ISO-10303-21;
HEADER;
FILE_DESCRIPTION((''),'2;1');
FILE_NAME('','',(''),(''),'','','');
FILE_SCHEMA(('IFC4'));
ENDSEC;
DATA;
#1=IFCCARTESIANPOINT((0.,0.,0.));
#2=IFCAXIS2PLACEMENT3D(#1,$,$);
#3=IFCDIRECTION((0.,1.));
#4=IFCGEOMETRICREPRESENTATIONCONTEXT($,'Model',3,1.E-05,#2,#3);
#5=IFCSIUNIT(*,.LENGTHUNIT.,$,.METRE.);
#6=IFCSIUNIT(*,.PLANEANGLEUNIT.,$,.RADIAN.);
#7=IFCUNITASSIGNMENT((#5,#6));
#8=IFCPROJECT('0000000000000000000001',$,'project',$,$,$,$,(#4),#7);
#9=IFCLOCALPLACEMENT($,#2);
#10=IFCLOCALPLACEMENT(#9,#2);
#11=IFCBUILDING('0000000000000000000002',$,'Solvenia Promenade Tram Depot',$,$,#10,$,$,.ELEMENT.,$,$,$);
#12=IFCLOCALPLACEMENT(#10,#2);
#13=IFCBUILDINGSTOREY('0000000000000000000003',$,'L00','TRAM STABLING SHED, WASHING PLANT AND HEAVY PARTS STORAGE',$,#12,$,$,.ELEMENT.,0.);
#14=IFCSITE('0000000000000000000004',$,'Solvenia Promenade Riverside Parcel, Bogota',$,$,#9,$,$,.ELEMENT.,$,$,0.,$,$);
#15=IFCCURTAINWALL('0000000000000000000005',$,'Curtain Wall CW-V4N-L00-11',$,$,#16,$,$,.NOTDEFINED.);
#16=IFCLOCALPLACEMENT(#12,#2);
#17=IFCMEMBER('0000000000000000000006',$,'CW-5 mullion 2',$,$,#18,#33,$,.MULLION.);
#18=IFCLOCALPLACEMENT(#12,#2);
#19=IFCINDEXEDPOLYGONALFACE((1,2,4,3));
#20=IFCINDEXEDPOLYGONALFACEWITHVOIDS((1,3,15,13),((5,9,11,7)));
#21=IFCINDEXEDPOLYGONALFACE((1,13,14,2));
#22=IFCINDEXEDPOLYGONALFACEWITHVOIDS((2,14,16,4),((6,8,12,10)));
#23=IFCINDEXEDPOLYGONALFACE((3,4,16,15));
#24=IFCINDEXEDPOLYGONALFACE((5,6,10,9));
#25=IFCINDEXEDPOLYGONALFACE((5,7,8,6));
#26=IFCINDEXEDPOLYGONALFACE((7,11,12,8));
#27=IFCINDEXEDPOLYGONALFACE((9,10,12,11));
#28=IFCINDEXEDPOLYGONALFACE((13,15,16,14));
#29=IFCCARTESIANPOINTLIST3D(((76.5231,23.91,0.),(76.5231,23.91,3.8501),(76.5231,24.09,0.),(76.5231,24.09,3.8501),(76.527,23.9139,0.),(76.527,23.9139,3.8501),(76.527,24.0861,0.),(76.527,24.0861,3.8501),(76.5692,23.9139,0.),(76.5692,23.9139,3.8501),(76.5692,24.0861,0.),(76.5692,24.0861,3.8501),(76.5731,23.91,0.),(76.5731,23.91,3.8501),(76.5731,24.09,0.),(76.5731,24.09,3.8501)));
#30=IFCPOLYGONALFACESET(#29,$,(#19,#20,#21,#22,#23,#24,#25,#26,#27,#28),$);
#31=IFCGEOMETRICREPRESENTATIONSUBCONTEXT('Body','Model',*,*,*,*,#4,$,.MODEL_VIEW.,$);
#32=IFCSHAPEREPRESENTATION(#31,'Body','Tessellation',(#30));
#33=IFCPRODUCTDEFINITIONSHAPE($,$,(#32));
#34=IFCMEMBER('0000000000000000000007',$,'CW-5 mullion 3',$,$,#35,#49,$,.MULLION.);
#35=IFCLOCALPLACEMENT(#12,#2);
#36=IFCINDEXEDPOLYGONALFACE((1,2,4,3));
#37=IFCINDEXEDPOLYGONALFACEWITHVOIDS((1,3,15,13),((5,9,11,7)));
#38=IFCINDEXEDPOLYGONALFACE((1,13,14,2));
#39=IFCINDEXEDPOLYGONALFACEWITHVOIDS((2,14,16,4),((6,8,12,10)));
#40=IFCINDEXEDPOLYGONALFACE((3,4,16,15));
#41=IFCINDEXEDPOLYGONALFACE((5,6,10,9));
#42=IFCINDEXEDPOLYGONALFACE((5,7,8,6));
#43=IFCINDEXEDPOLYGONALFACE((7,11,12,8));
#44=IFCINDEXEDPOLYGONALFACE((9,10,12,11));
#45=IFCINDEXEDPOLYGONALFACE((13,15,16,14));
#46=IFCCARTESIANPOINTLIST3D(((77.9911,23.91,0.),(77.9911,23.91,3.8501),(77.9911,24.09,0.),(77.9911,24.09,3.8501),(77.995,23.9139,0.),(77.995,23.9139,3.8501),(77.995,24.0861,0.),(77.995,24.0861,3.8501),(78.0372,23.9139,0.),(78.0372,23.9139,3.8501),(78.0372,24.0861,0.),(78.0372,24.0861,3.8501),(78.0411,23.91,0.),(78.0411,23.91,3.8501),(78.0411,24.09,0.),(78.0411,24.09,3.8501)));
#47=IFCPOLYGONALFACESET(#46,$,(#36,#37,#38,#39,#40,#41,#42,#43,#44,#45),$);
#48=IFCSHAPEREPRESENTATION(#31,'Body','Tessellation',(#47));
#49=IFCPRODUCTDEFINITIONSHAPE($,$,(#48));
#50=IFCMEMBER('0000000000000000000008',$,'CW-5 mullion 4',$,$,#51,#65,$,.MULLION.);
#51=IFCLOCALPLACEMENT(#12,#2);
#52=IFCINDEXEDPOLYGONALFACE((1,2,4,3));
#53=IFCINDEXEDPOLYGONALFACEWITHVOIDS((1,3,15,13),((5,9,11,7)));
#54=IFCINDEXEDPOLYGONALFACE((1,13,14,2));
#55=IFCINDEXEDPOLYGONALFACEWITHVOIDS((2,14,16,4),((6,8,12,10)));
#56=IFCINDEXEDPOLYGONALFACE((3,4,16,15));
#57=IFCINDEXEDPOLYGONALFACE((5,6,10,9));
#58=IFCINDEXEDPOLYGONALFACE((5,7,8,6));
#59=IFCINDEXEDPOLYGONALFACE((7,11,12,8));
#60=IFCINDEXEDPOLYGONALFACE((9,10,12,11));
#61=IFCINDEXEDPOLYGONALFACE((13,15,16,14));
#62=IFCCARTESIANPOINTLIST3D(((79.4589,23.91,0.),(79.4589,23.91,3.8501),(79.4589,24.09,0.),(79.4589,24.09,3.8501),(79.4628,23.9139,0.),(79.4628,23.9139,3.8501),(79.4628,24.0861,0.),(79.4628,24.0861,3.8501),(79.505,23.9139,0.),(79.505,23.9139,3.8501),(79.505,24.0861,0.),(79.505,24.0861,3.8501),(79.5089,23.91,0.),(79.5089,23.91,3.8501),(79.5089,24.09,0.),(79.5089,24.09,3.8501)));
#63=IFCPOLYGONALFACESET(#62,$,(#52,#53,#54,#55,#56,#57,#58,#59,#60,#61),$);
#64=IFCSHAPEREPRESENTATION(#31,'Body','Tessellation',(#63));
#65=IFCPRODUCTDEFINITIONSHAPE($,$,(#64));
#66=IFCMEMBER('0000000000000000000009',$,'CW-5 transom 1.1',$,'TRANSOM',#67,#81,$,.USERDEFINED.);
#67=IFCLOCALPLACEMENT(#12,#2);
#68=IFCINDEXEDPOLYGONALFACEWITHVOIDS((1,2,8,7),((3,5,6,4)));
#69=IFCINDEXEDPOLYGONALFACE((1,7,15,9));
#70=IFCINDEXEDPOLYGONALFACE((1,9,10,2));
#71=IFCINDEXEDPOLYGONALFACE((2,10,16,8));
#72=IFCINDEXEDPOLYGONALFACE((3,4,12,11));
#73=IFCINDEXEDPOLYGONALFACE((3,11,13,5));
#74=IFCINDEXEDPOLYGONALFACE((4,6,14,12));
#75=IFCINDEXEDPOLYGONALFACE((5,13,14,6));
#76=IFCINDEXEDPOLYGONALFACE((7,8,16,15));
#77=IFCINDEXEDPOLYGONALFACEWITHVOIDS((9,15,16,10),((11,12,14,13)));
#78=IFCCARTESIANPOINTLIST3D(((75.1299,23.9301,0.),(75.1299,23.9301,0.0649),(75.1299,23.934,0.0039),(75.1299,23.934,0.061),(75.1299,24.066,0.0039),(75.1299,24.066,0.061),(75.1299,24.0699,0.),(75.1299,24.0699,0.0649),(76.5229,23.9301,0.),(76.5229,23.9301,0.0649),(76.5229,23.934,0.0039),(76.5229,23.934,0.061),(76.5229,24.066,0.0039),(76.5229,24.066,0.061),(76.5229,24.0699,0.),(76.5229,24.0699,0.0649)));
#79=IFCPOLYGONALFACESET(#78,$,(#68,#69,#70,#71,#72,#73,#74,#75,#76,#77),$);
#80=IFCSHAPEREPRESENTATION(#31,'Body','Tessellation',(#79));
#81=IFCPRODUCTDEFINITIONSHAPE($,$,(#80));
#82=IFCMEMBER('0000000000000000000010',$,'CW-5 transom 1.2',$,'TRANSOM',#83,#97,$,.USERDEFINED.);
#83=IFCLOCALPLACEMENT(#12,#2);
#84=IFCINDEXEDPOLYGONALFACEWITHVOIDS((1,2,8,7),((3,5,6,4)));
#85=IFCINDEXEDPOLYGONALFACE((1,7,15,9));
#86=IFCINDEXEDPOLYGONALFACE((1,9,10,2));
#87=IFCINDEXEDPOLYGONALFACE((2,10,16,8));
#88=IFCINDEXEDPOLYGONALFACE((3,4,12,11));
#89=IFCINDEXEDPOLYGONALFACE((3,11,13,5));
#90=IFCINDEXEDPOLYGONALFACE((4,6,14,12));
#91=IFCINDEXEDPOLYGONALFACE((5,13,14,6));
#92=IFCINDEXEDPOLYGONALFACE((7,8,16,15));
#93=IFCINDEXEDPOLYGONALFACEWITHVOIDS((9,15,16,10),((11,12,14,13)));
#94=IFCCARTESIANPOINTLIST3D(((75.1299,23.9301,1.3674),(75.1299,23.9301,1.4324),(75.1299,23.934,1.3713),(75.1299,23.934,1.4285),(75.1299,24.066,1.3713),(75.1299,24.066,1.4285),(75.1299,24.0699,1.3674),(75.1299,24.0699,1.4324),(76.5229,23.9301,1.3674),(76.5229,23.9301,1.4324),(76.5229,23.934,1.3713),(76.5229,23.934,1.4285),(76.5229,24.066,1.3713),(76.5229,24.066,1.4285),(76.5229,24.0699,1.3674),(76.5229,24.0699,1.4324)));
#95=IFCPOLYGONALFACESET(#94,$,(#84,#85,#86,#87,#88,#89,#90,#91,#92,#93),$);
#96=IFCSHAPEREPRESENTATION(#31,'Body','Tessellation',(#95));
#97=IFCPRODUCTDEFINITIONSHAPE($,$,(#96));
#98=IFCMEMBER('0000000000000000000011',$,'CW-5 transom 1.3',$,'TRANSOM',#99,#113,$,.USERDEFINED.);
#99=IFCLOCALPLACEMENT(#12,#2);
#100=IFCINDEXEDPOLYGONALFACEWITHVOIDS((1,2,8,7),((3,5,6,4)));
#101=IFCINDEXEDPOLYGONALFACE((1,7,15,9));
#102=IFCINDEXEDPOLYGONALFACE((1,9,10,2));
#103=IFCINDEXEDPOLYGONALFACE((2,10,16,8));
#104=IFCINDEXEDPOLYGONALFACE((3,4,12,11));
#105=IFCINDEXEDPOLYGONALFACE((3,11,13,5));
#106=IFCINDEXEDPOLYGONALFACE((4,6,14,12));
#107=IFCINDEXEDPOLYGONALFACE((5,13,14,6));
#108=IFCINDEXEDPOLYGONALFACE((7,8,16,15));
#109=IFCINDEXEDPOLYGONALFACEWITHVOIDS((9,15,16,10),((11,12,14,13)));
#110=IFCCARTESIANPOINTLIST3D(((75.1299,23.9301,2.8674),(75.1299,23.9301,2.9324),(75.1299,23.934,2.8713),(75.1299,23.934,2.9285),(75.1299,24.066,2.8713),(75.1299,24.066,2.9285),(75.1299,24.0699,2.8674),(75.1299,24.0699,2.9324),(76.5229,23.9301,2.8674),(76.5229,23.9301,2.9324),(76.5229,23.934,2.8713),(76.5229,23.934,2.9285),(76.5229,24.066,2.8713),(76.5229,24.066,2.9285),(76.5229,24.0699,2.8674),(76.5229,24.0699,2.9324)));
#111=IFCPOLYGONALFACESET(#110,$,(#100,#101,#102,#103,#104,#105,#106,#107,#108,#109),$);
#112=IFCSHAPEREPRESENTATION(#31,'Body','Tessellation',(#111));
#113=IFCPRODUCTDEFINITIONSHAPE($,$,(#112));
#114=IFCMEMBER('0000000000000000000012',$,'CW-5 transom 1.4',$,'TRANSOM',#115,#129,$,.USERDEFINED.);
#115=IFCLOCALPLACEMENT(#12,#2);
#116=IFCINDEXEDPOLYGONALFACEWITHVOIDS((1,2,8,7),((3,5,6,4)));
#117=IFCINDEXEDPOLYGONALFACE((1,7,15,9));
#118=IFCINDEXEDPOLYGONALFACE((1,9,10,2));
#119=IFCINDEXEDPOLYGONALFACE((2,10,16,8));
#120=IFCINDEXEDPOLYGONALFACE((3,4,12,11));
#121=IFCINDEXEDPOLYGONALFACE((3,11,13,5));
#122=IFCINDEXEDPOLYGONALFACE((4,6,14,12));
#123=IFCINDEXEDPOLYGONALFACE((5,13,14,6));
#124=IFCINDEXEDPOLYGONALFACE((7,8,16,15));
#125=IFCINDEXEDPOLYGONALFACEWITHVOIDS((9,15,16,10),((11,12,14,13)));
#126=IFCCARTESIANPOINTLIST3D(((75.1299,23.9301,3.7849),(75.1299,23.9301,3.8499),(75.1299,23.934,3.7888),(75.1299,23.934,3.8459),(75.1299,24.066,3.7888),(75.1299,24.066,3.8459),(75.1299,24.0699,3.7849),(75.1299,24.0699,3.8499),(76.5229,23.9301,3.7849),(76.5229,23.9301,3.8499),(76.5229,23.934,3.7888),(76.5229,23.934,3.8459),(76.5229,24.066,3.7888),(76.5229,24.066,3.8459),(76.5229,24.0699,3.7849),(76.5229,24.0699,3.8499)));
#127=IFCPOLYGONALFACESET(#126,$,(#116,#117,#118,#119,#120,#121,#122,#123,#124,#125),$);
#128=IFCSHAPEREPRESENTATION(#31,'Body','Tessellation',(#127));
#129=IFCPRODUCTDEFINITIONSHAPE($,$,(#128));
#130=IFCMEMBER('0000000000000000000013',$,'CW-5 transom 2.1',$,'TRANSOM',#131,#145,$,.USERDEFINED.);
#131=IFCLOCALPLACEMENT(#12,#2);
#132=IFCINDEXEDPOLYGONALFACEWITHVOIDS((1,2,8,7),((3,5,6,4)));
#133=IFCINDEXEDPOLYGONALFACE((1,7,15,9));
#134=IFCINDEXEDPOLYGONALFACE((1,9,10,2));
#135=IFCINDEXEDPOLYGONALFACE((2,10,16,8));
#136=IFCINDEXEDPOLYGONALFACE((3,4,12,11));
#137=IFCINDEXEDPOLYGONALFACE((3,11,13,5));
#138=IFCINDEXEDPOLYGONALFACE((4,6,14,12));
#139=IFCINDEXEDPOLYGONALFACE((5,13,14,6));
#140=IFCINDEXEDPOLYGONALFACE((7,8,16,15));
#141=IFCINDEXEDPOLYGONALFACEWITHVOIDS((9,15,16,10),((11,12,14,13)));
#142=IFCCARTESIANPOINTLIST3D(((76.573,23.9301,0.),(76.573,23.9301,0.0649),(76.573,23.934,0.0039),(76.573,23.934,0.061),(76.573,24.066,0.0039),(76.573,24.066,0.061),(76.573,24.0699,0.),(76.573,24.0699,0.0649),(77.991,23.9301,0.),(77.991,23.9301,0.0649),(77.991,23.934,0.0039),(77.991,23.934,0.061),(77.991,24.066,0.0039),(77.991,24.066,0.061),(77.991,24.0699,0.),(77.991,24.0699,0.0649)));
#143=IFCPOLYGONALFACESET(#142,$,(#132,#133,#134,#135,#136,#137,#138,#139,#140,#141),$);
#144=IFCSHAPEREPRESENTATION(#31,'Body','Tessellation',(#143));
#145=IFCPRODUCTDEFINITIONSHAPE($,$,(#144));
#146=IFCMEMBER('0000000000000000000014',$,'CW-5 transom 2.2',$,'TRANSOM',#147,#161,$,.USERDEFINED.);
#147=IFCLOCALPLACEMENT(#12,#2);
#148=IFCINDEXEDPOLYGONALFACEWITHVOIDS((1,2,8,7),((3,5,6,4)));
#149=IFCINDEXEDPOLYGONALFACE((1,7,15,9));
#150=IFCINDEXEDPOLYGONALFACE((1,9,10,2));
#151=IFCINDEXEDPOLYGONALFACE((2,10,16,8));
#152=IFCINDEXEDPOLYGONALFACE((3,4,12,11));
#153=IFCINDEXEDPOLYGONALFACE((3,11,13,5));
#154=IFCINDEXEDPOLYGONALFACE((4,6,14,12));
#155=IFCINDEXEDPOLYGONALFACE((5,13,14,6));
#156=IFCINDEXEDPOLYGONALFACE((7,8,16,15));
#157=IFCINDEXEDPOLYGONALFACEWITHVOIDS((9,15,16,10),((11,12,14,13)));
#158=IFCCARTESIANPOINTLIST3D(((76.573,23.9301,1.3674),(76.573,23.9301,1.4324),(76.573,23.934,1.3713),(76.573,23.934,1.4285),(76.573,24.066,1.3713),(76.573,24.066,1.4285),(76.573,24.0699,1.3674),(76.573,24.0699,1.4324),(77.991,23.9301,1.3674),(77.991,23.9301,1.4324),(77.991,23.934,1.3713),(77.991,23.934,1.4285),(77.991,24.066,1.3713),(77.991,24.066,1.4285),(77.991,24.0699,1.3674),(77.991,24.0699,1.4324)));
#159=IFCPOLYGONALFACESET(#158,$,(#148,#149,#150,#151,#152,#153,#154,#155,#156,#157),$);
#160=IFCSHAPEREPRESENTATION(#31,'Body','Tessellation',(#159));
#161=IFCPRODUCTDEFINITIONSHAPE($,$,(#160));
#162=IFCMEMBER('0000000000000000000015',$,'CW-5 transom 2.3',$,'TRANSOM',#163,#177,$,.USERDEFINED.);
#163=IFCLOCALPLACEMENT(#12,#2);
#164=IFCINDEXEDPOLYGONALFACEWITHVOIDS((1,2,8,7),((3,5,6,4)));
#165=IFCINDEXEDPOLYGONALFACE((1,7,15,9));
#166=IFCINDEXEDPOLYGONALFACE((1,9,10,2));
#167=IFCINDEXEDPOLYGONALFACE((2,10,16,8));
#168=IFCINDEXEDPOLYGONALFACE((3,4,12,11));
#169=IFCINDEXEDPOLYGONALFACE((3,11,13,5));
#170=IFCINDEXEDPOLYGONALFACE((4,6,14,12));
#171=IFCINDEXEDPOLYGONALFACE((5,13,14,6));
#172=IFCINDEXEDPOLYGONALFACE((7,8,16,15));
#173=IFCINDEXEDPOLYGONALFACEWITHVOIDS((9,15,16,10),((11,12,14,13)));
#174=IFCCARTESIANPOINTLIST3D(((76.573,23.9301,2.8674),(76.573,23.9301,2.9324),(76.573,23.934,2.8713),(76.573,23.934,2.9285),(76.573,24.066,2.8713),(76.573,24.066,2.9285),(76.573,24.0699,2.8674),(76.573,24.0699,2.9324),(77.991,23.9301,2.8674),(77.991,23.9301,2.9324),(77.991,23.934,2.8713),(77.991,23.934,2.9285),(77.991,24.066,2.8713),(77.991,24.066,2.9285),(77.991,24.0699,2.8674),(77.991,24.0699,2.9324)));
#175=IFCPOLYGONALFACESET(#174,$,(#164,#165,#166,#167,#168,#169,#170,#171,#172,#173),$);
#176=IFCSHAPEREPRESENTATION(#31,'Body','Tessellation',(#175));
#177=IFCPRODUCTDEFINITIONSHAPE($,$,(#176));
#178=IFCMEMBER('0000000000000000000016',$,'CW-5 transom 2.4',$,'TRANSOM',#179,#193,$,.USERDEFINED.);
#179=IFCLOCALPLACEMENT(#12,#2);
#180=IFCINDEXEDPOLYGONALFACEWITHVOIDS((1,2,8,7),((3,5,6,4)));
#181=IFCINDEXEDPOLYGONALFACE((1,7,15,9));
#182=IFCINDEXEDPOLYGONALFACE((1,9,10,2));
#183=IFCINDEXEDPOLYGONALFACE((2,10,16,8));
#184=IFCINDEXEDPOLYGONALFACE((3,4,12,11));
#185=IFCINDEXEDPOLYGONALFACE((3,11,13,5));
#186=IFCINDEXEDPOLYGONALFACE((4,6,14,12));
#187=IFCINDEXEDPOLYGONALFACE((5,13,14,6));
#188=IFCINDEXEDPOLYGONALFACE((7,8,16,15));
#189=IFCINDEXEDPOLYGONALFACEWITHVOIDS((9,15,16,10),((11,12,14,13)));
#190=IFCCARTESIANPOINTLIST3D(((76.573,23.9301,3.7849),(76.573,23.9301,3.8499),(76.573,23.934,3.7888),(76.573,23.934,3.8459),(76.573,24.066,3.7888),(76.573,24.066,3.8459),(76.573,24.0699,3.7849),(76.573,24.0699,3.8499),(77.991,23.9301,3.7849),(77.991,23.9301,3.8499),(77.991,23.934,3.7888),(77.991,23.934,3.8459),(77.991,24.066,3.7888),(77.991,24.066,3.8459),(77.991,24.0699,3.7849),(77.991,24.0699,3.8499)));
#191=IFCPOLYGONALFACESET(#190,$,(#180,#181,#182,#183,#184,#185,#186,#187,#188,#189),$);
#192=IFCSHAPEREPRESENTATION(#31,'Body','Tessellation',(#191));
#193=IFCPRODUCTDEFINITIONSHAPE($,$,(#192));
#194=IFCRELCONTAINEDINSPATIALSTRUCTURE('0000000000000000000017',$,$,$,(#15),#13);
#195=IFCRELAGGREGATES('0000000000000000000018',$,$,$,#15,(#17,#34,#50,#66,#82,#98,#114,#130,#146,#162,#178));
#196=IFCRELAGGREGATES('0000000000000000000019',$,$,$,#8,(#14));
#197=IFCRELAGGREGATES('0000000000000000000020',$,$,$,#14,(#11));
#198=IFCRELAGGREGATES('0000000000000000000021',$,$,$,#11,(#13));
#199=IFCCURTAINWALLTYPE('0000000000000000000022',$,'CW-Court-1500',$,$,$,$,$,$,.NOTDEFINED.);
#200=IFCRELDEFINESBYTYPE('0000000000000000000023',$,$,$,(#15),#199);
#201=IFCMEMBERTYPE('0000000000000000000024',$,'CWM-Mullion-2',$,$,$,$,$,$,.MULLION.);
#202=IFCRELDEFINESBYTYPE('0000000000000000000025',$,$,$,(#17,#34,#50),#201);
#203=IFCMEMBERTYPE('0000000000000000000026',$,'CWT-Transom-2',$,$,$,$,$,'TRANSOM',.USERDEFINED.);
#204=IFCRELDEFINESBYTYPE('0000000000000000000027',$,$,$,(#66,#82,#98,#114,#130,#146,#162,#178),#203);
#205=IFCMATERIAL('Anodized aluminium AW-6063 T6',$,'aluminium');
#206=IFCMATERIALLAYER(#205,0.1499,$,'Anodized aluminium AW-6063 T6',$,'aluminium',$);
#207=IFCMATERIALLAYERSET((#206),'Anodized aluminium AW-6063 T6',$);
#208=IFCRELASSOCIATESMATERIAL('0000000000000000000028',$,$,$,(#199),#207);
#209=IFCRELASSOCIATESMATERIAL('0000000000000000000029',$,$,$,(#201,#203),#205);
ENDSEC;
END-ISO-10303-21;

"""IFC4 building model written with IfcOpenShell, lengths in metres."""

from ifc_helpers import new_model, si_unit, direction, frame, origin, origin_2d, place, context, subcontext, project, spatial, hollow_rectangle, extrude, material, layer, layer_set, material_profile, profile_set, type_object, element, aggregate, save


model = new_model("IFC4")

# Units and contexts
model_context = context("Model", 3, precision=1e-05, world=origin(), true_north=direction((0.0, 1.0)))
body_context = subcontext(model_context, "Body", "Model", "MODEL_VIEW")
ifc_project = project(units=[si_unit("LENGTHUNIT", "METRE"), si_unit("PLANEANGLEUNIT", "RADIAN")], contexts=[model_context])

# Site, building, storey
site_placement = place(None, origin())
site = spatial("IfcSite", under=ifc_project, at=site_placement, Name="Solvenia Promenade Riverside Parcel, Bogota", CompositionType="ELEMENT", RefElevation=0.0)
building_placement = place(site_placement, origin())
building = spatial("IfcBuilding", under=site, at=building_placement, Name="Solvenia Promenade Tram Depot", CompositionType="ELEMENT")
storey_placement = place(building_placement, origin())
storey = spatial("IfcBuildingStorey", under=building, at=storey_placement, Name="L00", Description="TRAM STABLING SHED, WASHING PLANT AND HEAVY PARTS STORAGE", CompositionType="ELEMENT", Elevation=0.0)

# Curtain wall, members
ifc_material_1 = material(Name="Anodized aluminium AW-6063 T6", Category="aluminium")
ifc_layer_1 = layer(ifc_material_1, 0.1499, Name="Anodized aluminium AW-6063 T6", Category="aluminium")
ifc_layer_set_1 = layer_set([ifc_layer_1], Name="Anodized aluminium AW-6063 T6")
curtain_wall_type = type_object("IfcCurtainWallType", Name="CW-Court-1500", PredefinedType="NOTDEFINED", material=ifc_layer_set_1)
curtain_wall_placement = place(storey_placement, origin())
curtain_wall = element("IfcCurtainWall", 1, at=curtain_wall_placement, inside=storey, type_object=curtain_wall_type, Name="Curtain Wall CW-V4N-L00-11", PredefinedType="NOTDEFINED")
ifc_material_profile_1 = material_profile(ifc_material_1, hollow_rectangle(XDim=0.1799, YDim=0.05, WallThickness=0.0039, at=origin_2d()), Name="ALU-M2", Category="aluminium")
ifc_profile_set_1 = profile_set([ifc_material_profile_1], Name="Anodized aluminium AW-6063 T6")
member_type_1 = type_object("IfcMemberType", Name="CWM-Mullion-2", PredefinedType="MULLION", material=ifc_profile_set_1)
member_1_placement = place(storey_placement, frame((76.5481, 24.0, 0.0), z_axis=(0.0, 0.0, 1.0), x_axis=(0.0, 1.0, 0.0)))
member_1 = element("IfcMember", 2, at=member_1_placement, type_object=member_type_1, Name="CW-5 mullion 2", PredefinedType="MULLION", context=body_context, shape_type="SweptSolid", body=[
    extrude(hollow_rectangle(XDim=0.1799, YDim=0.05, WallThickness=0.0039, at=origin_2d()), origin(), (0.0, 0.0, 1.0), 3.8501),
])
member_2_placement = place(storey_placement, frame((78.0161, 24.0, 0.0), z_axis=(0.0, 0.0, 1.0), x_axis=(0.0, 1.0, 0.0)))
member_2 = element("IfcMember", 3, at=member_2_placement, type_object=member_type_1, Name="CW-5 mullion 3", PredefinedType="MULLION", context=body_context, shape_type="SweptSolid", body=[
    extrude(hollow_rectangle(XDim=0.1799, YDim=0.05, WallThickness=0.0039, at=origin_2d()), origin(), (0.0, 0.0, 1.0), 3.8501),
])
member_3_placement = place(storey_placement, frame((79.4839, 24.0, 0.0), z_axis=(0.0, 0.0, 1.0), x_axis=(0.0, 1.0, 0.0)))
member_3 = element("IfcMember", 4, at=member_3_placement, type_object=member_type_1, Name="CW-5 mullion 4", PredefinedType="MULLION", context=body_context, shape_type="SweptSolid", body=[
    extrude(hollow_rectangle(XDim=0.1799, YDim=0.05, WallThickness=0.0039, at=origin_2d()), origin(), (0.0, 0.0, 1.0), 3.8501),
])
ifc_material_profile_2 = material_profile(ifc_material_1, hollow_rectangle(XDim=0.1399, YDim=0.0649, WallThickness=0.0039, at=origin_2d()), Name="ALU-T2", Category="aluminium")
ifc_profile_set_2 = profile_set([ifc_material_profile_2], Name="Anodized aluminium AW-6063 T6")
member_type_2 = type_object("IfcMemberType", Name="CWT-Transom-2", ElementType="TRANSOM", PredefinedType="USERDEFINED", material=ifc_profile_set_2)
member_4_placement = place(storey_placement, frame((75.1299, 24.0, 0.0325), z_axis=(1.0, 0.0, 0.0), x_axis=(0.0, 1.0, 0.0)))
member_4 = element("IfcMember", 5, at=member_4_placement, type_object=member_type_2, Name="CW-5 transom 1.1", ObjectType="TRANSOM", PredefinedType="USERDEFINED", context=body_context, shape_type="SweptSolid", body=[
    extrude(hollow_rectangle(XDim=0.1399, YDim=0.0649, WallThickness=0.0039, at=origin_2d()), origin(), (0.0, 0.0, 1.0), 1.3931),
])
member_5_placement = place(storey_placement, frame((75.1299, 24.0, 1.3999), z_axis=(1.0, 0.0, 0.0), x_axis=(0.0, 1.0, 0.0)))
member_5 = element("IfcMember", 6, at=member_5_placement, type_object=member_type_2, Name="CW-5 transom 1.2", ObjectType="TRANSOM", PredefinedType="USERDEFINED", context=body_context, shape_type="SweptSolid", body=[
    extrude(hollow_rectangle(XDim=0.1399, YDim=0.0649, WallThickness=0.0039, at=origin_2d()), origin(), (0.0, 0.0, 1.0), 1.3931),
])
member_6_placement = place(storey_placement, frame((75.1299, 24.0, 2.8999), z_axis=(1.0, 0.0, 0.0), x_axis=(0.0, 1.0, 0.0)))
member_6 = element("IfcMember", 7, at=member_6_placement, type_object=member_type_2, Name="CW-5 transom 1.3", ObjectType="TRANSOM", PredefinedType="USERDEFINED", context=body_context, shape_type="SweptSolid", body=[
    extrude(hollow_rectangle(XDim=0.1399, YDim=0.0649, WallThickness=0.0039, at=origin_2d()), origin(), (0.0, 0.0, 1.0), 1.3931),
])
member_7_placement = place(storey_placement, frame((75.1299, 24.0, 3.8174), z_axis=(1.0, 0.0, 0.0), x_axis=(0.0, 1.0, 0.0)))
member_7 = element("IfcMember", 8, at=member_7_placement, type_object=member_type_2, Name="CW-5 transom 1.4", ObjectType="TRANSOM", PredefinedType="USERDEFINED", context=body_context, shape_type="SweptSolid", body=[
    extrude(hollow_rectangle(XDim=0.1399, YDim=0.0649, WallThickness=0.0039, at=origin_2d()), origin(), (0.0, 0.0, 1.0), 1.3931),
])
member_8_placement = place(storey_placement, frame((76.573, 24.0, 0.0325), z_axis=(1.0, 0.0, 0.0), x_axis=(0.0, 1.0, 0.0)))
member_8 = element("IfcMember", 9, at=member_8_placement, type_object=member_type_2, Name="CW-5 transom 2.1", ObjectType="TRANSOM", PredefinedType="USERDEFINED", context=body_context, shape_type="SweptSolid", body=[
    extrude(hollow_rectangle(XDim=0.1399, YDim=0.0649, WallThickness=0.0039, at=origin_2d()), origin(), (0.0, 0.0, 1.0), 1.418),
])
member_9_placement = place(storey_placement, frame((76.573, 24.0, 1.3999), z_axis=(1.0, 0.0, 0.0), x_axis=(0.0, 1.0, 0.0)))
member_9 = element("IfcMember", 10, at=member_9_placement, type_object=member_type_2, Name="CW-5 transom 2.2", ObjectType="TRANSOM", PredefinedType="USERDEFINED", context=body_context, shape_type="SweptSolid", body=[
    extrude(hollow_rectangle(XDim=0.1399, YDim=0.0649, WallThickness=0.0039, at=origin_2d()), origin(), (0.0, 0.0, 1.0), 1.418),
])
member_10_placement = place(storey_placement, frame((76.573, 24.0, 2.8999), z_axis=(1.0, 0.0, 0.0), x_axis=(0.0, 1.0, 0.0)))
member_10 = element("IfcMember", 11, at=member_10_placement, type_object=member_type_2, Name="CW-5 transom 2.3", ObjectType="TRANSOM", PredefinedType="USERDEFINED", context=body_context, shape_type="SweptSolid", body=[
    extrude(hollow_rectangle(XDim=0.1399, YDim=0.0649, WallThickness=0.0039, at=origin_2d()), origin(), (0.0, 0.0, 1.0), 1.418),
])
member_11_placement = place(storey_placement, frame((76.573, 24.0, 3.8174), z_axis=(1.0, 0.0, 0.0), x_axis=(0.0, 1.0, 0.0)))
member_11 = element("IfcMember", 12, at=member_11_placement, type_object=member_type_2, Name="CW-5 transom 2.4", ObjectType="TRANSOM", PredefinedType="USERDEFINED", context=body_context, shape_type="SweptSolid", body=[
    extrude(hollow_rectangle(XDim=0.1399, YDim=0.0649, WallThickness=0.0039, at=origin_2d()), origin(), (0.0, 0.0, 1.0), 1.418),
])
aggregate(curtain_wall, [member_1, member_2, member_3, member_4, member_5, member_6, member_7, member_8, member_9, member_10, member_11])

save(model, "model.ifc")
